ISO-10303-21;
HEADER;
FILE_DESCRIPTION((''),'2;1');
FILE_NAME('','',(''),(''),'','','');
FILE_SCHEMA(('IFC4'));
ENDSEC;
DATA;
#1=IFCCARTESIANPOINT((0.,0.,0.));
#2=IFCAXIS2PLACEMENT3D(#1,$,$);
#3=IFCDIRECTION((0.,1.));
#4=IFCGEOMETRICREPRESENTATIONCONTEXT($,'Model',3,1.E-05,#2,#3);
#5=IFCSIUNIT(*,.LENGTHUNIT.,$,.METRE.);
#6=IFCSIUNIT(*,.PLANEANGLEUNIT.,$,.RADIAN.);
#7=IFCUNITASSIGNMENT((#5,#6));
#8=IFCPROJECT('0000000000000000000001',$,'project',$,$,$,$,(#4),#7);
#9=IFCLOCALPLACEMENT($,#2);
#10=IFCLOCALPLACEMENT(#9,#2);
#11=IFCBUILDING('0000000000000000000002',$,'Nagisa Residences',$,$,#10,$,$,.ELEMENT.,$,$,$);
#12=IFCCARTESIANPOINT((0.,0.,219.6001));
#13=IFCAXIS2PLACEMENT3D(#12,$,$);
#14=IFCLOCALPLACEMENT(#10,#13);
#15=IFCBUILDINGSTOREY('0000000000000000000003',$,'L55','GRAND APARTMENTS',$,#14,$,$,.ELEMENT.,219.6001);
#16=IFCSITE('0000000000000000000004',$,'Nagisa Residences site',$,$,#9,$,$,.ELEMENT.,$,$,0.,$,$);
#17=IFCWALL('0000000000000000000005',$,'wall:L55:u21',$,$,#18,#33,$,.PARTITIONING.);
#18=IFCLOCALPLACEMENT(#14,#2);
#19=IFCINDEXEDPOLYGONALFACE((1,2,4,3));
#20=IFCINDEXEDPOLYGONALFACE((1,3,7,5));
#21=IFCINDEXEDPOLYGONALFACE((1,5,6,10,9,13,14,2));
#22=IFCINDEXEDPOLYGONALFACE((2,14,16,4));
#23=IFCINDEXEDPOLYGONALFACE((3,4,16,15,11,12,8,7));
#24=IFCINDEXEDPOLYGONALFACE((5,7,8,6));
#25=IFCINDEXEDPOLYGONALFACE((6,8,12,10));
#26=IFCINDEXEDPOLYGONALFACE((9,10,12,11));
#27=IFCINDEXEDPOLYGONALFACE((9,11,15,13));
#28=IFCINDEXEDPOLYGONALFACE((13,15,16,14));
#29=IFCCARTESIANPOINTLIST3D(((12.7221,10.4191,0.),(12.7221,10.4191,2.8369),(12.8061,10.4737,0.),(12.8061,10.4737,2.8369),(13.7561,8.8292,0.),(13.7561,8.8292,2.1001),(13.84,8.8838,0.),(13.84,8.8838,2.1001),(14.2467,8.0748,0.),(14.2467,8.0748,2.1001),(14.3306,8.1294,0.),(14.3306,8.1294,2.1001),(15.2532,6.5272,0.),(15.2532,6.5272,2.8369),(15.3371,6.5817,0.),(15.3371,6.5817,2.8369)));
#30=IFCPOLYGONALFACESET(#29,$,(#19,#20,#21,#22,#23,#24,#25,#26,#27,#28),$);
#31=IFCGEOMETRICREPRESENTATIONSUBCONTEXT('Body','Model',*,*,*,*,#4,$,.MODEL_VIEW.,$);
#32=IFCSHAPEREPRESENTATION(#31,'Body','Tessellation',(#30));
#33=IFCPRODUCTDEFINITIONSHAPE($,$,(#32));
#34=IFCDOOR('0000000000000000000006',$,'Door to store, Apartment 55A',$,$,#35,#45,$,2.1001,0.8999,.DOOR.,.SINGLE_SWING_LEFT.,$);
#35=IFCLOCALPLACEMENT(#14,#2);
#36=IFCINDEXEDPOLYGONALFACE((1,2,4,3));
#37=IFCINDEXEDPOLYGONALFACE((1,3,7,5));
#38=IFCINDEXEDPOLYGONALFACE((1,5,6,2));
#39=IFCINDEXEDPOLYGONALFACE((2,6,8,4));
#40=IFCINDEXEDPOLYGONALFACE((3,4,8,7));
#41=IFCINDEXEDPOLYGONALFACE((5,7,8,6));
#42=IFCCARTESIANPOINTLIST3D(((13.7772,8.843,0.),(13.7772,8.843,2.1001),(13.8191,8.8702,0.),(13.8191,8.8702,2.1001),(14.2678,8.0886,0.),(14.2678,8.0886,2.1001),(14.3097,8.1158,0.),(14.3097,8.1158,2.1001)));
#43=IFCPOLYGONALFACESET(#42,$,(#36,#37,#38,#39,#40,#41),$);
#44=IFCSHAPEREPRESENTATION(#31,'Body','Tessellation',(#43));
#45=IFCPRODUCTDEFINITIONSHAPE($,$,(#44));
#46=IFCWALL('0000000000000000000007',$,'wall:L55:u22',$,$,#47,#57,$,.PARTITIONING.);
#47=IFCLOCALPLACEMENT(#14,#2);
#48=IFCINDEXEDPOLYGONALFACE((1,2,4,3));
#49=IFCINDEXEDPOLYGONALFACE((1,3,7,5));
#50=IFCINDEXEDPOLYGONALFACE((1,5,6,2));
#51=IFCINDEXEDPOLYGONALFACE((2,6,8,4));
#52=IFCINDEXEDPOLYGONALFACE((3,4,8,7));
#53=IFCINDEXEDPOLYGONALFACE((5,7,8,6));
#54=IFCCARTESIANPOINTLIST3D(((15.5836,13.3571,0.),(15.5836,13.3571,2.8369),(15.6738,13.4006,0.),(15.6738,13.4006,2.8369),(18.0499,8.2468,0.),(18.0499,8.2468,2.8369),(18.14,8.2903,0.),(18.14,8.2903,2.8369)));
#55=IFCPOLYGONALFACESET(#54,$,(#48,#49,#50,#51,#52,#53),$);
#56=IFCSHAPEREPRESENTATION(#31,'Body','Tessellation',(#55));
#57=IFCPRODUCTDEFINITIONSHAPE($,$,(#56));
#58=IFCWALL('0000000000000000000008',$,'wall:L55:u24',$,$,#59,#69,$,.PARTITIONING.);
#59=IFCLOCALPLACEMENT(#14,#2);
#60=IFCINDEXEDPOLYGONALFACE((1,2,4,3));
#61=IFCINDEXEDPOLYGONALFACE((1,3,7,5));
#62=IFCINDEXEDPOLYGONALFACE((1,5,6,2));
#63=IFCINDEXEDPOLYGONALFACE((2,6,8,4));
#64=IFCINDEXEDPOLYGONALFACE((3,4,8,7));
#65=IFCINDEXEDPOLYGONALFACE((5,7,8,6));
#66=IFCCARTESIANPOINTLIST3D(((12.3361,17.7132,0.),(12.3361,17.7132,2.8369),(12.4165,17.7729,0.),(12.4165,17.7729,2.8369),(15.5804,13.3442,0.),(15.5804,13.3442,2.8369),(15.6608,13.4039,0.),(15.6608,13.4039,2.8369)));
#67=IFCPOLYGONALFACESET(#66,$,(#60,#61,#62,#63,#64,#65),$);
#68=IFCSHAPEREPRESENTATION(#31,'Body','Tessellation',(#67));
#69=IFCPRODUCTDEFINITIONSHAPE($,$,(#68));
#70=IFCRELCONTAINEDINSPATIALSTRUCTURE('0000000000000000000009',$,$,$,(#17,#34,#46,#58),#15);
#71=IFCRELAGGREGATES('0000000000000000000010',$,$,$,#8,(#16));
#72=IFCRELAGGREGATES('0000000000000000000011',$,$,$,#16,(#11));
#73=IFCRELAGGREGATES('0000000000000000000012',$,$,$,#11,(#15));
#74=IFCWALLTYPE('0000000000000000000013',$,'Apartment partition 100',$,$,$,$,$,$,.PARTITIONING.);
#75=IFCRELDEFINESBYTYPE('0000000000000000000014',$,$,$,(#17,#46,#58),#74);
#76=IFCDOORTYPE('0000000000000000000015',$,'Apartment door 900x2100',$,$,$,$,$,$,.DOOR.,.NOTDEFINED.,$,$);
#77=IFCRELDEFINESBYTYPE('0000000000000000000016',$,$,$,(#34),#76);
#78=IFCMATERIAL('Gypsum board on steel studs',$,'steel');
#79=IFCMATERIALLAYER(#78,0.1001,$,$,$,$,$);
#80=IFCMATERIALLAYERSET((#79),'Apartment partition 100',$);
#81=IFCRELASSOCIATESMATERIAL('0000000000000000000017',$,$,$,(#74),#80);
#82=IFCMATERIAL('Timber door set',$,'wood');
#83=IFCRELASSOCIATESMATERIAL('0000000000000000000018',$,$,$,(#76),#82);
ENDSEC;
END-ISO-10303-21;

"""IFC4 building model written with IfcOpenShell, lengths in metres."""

from ifc_helpers import new_model, si_unit, direction, frame, frame_2d, origin, place, context, subcontext, project, spatial, rectangle, extrude, material, layer, layer_set, type_object, element, fill, save


model = new_model("IFC4")

# Units and contexts
model_context = context("Model", 3, precision=1e-05, world=origin(), true_north=direction((0.0, 1.0)))
body_context = subcontext(model_context, "Body", "Model", "MODEL_VIEW")
ifc_project = project(units=[si_unit("LENGTHUNIT", "METRE"), si_unit("PLANEANGLEUNIT", "RADIAN")], contexts=[model_context])

# Site, building, storey
site_placement = place(None, origin())
site = spatial("IfcSite", under=ifc_project, at=site_placement, Name="Nagisa Residences site", CompositionType="ELEMENT", RefElevation=0.0)
building_placement = place(site_placement, origin())
building = spatial("IfcBuilding", under=site, at=building_placement, Name="Nagisa Residences", CompositionType="ELEMENT")
storey_placement = place(building_placement, frame((0.0, 0.0, 219.6001)))
storey = spatial("IfcBuildingStorey", under=building, at=storey_placement, Name="L55", Description="GRAND APARTMENTS", CompositionType="ELEMENT", Elevation=219.6001)

# Shared definitions
ifc_material_1 = material(Name="Gypsum board on steel studs", Category="steel")
ifc_layer_1 = layer(ifc_material_1, 0.1001)
ifc_layer_set_1 = layer_set([ifc_layer_1], Name="Apartment partition 100")
wall_type_1 = type_object("IfcWallType", Name="Apartment partition 100", PredefinedType="PARTITIONING", material=ifc_layer_set_1)

# Shared definitions
ifc_material_2 = material(Name="Timber door set", Category="wood")
door_type_1 = type_object("IfcDoorType", Name="Apartment door 900x2100", OperationType="NOTDEFINED", PredefinedType="DOOR", material=ifc_material_2)

# Wall, opening, door
wall_1_placement = place(storey_placement, frame((15.2952, 6.5544, 0.0), z_axis=(0.0, 0.0, 1.0), x_axis=(-0.545186, 0.838315, 0.0)))
wall_1 = element("IfcWall", 1, at=wall_1_placement, inside=storey, type_object=wall_type_1, Name="wall:L55:u21", PredefinedType="PARTITIONING", context=body_context, shape_type="SweptSolid", body=[
    extrude(rectangle(XDim=4.6426, YDim=0.1001, at=frame_2d((2.3213, 0.0))), origin(), (0.0, 0.0, 1.0), 2.8369),
])
opening_1_placement = place(wall_1_placement, frame((1.8462, 0.0, 0.0)))
opening_1 = element("IfcOpeningElement", 2, at=opening_1_placement, cuts=wall_1, PredefinedType="OPENING", context=body_context, shape_type="SweptSolid", body=[
    extrude(rectangle(XDim=0.8999, YDim=2.1001, at=frame_2d((0.45, 1.05))), frame((0.0, 0.0601, 0.0), z_axis=(0.0, -1.0, 0.0), x_axis=(1.0, 0.0, 0.0)), (0.0, 0.0, 1.0), 0.1201),
])
door_1_placement = place(opening_1_placement, origin())
door_1 = element("IfcDoor", 3, at=door_1_placement, inside=storey, type_object=door_type_1, Name="Door to store, Apartment 55A", OperationType="SINGLE_SWING_LEFT", OverallHeight=2.1001, OverallWidth=0.8999, PredefinedType="DOOR", context=body_context, shape_type="SweptSolid", body=[
    extrude(rectangle(XDim=0.8999, YDim=2.1001, at=frame_2d((0.45, 1.05))), frame((0.0, 0.0249, 0.0), z_axis=(0.0, -1.0, 0.0), x_axis=(1.0, 0.0, 0.0)), (0.0, 0.0, 1.0), 0.05),
])
fill(opening_1, door_1)

# Walls
wall_2_placement = place(storey_placement, frame((18.095, 8.2686, 0.0), z_axis=(0.0, 0.0, 1.0), x_axis=(-0.434641, 0.900604, 0.0)))
element("IfcWall", 4, at=wall_2_placement, inside=storey, type_object=wall_type_1, Name="wall:L55:u22", PredefinedType="PARTITIONING", context=body_context, shape_type="SweptSolid", body=[
    extrude(rectangle(XDim=5.6743, YDim=0.1001, at=frame_2d((2.8372, 0.0))), origin(), (0.0, 0.0, 1.0), 2.8369),
])
wall_3_placement = place(storey_placement, frame((15.6206, 13.374, 0.0), z_axis=(0.0, 0.0, 1.0), x_axis=(-0.596174, 0.802855, 0.0)))
element("IfcWall", 5, at=wall_3_placement, inside=storey, type_object=wall_type_1, Name="wall:L55:u24", PredefinedType="PARTITIONING", context=body_context, shape_type="SweptSolid", body=[
    extrude(rectangle(XDim=5.4419, YDim=0.1001, at=frame_2d((2.7209, 0.0))), origin(), (0.0, 0.0, 1.0), 2.8369),
])

save(model, "model.ifc")
